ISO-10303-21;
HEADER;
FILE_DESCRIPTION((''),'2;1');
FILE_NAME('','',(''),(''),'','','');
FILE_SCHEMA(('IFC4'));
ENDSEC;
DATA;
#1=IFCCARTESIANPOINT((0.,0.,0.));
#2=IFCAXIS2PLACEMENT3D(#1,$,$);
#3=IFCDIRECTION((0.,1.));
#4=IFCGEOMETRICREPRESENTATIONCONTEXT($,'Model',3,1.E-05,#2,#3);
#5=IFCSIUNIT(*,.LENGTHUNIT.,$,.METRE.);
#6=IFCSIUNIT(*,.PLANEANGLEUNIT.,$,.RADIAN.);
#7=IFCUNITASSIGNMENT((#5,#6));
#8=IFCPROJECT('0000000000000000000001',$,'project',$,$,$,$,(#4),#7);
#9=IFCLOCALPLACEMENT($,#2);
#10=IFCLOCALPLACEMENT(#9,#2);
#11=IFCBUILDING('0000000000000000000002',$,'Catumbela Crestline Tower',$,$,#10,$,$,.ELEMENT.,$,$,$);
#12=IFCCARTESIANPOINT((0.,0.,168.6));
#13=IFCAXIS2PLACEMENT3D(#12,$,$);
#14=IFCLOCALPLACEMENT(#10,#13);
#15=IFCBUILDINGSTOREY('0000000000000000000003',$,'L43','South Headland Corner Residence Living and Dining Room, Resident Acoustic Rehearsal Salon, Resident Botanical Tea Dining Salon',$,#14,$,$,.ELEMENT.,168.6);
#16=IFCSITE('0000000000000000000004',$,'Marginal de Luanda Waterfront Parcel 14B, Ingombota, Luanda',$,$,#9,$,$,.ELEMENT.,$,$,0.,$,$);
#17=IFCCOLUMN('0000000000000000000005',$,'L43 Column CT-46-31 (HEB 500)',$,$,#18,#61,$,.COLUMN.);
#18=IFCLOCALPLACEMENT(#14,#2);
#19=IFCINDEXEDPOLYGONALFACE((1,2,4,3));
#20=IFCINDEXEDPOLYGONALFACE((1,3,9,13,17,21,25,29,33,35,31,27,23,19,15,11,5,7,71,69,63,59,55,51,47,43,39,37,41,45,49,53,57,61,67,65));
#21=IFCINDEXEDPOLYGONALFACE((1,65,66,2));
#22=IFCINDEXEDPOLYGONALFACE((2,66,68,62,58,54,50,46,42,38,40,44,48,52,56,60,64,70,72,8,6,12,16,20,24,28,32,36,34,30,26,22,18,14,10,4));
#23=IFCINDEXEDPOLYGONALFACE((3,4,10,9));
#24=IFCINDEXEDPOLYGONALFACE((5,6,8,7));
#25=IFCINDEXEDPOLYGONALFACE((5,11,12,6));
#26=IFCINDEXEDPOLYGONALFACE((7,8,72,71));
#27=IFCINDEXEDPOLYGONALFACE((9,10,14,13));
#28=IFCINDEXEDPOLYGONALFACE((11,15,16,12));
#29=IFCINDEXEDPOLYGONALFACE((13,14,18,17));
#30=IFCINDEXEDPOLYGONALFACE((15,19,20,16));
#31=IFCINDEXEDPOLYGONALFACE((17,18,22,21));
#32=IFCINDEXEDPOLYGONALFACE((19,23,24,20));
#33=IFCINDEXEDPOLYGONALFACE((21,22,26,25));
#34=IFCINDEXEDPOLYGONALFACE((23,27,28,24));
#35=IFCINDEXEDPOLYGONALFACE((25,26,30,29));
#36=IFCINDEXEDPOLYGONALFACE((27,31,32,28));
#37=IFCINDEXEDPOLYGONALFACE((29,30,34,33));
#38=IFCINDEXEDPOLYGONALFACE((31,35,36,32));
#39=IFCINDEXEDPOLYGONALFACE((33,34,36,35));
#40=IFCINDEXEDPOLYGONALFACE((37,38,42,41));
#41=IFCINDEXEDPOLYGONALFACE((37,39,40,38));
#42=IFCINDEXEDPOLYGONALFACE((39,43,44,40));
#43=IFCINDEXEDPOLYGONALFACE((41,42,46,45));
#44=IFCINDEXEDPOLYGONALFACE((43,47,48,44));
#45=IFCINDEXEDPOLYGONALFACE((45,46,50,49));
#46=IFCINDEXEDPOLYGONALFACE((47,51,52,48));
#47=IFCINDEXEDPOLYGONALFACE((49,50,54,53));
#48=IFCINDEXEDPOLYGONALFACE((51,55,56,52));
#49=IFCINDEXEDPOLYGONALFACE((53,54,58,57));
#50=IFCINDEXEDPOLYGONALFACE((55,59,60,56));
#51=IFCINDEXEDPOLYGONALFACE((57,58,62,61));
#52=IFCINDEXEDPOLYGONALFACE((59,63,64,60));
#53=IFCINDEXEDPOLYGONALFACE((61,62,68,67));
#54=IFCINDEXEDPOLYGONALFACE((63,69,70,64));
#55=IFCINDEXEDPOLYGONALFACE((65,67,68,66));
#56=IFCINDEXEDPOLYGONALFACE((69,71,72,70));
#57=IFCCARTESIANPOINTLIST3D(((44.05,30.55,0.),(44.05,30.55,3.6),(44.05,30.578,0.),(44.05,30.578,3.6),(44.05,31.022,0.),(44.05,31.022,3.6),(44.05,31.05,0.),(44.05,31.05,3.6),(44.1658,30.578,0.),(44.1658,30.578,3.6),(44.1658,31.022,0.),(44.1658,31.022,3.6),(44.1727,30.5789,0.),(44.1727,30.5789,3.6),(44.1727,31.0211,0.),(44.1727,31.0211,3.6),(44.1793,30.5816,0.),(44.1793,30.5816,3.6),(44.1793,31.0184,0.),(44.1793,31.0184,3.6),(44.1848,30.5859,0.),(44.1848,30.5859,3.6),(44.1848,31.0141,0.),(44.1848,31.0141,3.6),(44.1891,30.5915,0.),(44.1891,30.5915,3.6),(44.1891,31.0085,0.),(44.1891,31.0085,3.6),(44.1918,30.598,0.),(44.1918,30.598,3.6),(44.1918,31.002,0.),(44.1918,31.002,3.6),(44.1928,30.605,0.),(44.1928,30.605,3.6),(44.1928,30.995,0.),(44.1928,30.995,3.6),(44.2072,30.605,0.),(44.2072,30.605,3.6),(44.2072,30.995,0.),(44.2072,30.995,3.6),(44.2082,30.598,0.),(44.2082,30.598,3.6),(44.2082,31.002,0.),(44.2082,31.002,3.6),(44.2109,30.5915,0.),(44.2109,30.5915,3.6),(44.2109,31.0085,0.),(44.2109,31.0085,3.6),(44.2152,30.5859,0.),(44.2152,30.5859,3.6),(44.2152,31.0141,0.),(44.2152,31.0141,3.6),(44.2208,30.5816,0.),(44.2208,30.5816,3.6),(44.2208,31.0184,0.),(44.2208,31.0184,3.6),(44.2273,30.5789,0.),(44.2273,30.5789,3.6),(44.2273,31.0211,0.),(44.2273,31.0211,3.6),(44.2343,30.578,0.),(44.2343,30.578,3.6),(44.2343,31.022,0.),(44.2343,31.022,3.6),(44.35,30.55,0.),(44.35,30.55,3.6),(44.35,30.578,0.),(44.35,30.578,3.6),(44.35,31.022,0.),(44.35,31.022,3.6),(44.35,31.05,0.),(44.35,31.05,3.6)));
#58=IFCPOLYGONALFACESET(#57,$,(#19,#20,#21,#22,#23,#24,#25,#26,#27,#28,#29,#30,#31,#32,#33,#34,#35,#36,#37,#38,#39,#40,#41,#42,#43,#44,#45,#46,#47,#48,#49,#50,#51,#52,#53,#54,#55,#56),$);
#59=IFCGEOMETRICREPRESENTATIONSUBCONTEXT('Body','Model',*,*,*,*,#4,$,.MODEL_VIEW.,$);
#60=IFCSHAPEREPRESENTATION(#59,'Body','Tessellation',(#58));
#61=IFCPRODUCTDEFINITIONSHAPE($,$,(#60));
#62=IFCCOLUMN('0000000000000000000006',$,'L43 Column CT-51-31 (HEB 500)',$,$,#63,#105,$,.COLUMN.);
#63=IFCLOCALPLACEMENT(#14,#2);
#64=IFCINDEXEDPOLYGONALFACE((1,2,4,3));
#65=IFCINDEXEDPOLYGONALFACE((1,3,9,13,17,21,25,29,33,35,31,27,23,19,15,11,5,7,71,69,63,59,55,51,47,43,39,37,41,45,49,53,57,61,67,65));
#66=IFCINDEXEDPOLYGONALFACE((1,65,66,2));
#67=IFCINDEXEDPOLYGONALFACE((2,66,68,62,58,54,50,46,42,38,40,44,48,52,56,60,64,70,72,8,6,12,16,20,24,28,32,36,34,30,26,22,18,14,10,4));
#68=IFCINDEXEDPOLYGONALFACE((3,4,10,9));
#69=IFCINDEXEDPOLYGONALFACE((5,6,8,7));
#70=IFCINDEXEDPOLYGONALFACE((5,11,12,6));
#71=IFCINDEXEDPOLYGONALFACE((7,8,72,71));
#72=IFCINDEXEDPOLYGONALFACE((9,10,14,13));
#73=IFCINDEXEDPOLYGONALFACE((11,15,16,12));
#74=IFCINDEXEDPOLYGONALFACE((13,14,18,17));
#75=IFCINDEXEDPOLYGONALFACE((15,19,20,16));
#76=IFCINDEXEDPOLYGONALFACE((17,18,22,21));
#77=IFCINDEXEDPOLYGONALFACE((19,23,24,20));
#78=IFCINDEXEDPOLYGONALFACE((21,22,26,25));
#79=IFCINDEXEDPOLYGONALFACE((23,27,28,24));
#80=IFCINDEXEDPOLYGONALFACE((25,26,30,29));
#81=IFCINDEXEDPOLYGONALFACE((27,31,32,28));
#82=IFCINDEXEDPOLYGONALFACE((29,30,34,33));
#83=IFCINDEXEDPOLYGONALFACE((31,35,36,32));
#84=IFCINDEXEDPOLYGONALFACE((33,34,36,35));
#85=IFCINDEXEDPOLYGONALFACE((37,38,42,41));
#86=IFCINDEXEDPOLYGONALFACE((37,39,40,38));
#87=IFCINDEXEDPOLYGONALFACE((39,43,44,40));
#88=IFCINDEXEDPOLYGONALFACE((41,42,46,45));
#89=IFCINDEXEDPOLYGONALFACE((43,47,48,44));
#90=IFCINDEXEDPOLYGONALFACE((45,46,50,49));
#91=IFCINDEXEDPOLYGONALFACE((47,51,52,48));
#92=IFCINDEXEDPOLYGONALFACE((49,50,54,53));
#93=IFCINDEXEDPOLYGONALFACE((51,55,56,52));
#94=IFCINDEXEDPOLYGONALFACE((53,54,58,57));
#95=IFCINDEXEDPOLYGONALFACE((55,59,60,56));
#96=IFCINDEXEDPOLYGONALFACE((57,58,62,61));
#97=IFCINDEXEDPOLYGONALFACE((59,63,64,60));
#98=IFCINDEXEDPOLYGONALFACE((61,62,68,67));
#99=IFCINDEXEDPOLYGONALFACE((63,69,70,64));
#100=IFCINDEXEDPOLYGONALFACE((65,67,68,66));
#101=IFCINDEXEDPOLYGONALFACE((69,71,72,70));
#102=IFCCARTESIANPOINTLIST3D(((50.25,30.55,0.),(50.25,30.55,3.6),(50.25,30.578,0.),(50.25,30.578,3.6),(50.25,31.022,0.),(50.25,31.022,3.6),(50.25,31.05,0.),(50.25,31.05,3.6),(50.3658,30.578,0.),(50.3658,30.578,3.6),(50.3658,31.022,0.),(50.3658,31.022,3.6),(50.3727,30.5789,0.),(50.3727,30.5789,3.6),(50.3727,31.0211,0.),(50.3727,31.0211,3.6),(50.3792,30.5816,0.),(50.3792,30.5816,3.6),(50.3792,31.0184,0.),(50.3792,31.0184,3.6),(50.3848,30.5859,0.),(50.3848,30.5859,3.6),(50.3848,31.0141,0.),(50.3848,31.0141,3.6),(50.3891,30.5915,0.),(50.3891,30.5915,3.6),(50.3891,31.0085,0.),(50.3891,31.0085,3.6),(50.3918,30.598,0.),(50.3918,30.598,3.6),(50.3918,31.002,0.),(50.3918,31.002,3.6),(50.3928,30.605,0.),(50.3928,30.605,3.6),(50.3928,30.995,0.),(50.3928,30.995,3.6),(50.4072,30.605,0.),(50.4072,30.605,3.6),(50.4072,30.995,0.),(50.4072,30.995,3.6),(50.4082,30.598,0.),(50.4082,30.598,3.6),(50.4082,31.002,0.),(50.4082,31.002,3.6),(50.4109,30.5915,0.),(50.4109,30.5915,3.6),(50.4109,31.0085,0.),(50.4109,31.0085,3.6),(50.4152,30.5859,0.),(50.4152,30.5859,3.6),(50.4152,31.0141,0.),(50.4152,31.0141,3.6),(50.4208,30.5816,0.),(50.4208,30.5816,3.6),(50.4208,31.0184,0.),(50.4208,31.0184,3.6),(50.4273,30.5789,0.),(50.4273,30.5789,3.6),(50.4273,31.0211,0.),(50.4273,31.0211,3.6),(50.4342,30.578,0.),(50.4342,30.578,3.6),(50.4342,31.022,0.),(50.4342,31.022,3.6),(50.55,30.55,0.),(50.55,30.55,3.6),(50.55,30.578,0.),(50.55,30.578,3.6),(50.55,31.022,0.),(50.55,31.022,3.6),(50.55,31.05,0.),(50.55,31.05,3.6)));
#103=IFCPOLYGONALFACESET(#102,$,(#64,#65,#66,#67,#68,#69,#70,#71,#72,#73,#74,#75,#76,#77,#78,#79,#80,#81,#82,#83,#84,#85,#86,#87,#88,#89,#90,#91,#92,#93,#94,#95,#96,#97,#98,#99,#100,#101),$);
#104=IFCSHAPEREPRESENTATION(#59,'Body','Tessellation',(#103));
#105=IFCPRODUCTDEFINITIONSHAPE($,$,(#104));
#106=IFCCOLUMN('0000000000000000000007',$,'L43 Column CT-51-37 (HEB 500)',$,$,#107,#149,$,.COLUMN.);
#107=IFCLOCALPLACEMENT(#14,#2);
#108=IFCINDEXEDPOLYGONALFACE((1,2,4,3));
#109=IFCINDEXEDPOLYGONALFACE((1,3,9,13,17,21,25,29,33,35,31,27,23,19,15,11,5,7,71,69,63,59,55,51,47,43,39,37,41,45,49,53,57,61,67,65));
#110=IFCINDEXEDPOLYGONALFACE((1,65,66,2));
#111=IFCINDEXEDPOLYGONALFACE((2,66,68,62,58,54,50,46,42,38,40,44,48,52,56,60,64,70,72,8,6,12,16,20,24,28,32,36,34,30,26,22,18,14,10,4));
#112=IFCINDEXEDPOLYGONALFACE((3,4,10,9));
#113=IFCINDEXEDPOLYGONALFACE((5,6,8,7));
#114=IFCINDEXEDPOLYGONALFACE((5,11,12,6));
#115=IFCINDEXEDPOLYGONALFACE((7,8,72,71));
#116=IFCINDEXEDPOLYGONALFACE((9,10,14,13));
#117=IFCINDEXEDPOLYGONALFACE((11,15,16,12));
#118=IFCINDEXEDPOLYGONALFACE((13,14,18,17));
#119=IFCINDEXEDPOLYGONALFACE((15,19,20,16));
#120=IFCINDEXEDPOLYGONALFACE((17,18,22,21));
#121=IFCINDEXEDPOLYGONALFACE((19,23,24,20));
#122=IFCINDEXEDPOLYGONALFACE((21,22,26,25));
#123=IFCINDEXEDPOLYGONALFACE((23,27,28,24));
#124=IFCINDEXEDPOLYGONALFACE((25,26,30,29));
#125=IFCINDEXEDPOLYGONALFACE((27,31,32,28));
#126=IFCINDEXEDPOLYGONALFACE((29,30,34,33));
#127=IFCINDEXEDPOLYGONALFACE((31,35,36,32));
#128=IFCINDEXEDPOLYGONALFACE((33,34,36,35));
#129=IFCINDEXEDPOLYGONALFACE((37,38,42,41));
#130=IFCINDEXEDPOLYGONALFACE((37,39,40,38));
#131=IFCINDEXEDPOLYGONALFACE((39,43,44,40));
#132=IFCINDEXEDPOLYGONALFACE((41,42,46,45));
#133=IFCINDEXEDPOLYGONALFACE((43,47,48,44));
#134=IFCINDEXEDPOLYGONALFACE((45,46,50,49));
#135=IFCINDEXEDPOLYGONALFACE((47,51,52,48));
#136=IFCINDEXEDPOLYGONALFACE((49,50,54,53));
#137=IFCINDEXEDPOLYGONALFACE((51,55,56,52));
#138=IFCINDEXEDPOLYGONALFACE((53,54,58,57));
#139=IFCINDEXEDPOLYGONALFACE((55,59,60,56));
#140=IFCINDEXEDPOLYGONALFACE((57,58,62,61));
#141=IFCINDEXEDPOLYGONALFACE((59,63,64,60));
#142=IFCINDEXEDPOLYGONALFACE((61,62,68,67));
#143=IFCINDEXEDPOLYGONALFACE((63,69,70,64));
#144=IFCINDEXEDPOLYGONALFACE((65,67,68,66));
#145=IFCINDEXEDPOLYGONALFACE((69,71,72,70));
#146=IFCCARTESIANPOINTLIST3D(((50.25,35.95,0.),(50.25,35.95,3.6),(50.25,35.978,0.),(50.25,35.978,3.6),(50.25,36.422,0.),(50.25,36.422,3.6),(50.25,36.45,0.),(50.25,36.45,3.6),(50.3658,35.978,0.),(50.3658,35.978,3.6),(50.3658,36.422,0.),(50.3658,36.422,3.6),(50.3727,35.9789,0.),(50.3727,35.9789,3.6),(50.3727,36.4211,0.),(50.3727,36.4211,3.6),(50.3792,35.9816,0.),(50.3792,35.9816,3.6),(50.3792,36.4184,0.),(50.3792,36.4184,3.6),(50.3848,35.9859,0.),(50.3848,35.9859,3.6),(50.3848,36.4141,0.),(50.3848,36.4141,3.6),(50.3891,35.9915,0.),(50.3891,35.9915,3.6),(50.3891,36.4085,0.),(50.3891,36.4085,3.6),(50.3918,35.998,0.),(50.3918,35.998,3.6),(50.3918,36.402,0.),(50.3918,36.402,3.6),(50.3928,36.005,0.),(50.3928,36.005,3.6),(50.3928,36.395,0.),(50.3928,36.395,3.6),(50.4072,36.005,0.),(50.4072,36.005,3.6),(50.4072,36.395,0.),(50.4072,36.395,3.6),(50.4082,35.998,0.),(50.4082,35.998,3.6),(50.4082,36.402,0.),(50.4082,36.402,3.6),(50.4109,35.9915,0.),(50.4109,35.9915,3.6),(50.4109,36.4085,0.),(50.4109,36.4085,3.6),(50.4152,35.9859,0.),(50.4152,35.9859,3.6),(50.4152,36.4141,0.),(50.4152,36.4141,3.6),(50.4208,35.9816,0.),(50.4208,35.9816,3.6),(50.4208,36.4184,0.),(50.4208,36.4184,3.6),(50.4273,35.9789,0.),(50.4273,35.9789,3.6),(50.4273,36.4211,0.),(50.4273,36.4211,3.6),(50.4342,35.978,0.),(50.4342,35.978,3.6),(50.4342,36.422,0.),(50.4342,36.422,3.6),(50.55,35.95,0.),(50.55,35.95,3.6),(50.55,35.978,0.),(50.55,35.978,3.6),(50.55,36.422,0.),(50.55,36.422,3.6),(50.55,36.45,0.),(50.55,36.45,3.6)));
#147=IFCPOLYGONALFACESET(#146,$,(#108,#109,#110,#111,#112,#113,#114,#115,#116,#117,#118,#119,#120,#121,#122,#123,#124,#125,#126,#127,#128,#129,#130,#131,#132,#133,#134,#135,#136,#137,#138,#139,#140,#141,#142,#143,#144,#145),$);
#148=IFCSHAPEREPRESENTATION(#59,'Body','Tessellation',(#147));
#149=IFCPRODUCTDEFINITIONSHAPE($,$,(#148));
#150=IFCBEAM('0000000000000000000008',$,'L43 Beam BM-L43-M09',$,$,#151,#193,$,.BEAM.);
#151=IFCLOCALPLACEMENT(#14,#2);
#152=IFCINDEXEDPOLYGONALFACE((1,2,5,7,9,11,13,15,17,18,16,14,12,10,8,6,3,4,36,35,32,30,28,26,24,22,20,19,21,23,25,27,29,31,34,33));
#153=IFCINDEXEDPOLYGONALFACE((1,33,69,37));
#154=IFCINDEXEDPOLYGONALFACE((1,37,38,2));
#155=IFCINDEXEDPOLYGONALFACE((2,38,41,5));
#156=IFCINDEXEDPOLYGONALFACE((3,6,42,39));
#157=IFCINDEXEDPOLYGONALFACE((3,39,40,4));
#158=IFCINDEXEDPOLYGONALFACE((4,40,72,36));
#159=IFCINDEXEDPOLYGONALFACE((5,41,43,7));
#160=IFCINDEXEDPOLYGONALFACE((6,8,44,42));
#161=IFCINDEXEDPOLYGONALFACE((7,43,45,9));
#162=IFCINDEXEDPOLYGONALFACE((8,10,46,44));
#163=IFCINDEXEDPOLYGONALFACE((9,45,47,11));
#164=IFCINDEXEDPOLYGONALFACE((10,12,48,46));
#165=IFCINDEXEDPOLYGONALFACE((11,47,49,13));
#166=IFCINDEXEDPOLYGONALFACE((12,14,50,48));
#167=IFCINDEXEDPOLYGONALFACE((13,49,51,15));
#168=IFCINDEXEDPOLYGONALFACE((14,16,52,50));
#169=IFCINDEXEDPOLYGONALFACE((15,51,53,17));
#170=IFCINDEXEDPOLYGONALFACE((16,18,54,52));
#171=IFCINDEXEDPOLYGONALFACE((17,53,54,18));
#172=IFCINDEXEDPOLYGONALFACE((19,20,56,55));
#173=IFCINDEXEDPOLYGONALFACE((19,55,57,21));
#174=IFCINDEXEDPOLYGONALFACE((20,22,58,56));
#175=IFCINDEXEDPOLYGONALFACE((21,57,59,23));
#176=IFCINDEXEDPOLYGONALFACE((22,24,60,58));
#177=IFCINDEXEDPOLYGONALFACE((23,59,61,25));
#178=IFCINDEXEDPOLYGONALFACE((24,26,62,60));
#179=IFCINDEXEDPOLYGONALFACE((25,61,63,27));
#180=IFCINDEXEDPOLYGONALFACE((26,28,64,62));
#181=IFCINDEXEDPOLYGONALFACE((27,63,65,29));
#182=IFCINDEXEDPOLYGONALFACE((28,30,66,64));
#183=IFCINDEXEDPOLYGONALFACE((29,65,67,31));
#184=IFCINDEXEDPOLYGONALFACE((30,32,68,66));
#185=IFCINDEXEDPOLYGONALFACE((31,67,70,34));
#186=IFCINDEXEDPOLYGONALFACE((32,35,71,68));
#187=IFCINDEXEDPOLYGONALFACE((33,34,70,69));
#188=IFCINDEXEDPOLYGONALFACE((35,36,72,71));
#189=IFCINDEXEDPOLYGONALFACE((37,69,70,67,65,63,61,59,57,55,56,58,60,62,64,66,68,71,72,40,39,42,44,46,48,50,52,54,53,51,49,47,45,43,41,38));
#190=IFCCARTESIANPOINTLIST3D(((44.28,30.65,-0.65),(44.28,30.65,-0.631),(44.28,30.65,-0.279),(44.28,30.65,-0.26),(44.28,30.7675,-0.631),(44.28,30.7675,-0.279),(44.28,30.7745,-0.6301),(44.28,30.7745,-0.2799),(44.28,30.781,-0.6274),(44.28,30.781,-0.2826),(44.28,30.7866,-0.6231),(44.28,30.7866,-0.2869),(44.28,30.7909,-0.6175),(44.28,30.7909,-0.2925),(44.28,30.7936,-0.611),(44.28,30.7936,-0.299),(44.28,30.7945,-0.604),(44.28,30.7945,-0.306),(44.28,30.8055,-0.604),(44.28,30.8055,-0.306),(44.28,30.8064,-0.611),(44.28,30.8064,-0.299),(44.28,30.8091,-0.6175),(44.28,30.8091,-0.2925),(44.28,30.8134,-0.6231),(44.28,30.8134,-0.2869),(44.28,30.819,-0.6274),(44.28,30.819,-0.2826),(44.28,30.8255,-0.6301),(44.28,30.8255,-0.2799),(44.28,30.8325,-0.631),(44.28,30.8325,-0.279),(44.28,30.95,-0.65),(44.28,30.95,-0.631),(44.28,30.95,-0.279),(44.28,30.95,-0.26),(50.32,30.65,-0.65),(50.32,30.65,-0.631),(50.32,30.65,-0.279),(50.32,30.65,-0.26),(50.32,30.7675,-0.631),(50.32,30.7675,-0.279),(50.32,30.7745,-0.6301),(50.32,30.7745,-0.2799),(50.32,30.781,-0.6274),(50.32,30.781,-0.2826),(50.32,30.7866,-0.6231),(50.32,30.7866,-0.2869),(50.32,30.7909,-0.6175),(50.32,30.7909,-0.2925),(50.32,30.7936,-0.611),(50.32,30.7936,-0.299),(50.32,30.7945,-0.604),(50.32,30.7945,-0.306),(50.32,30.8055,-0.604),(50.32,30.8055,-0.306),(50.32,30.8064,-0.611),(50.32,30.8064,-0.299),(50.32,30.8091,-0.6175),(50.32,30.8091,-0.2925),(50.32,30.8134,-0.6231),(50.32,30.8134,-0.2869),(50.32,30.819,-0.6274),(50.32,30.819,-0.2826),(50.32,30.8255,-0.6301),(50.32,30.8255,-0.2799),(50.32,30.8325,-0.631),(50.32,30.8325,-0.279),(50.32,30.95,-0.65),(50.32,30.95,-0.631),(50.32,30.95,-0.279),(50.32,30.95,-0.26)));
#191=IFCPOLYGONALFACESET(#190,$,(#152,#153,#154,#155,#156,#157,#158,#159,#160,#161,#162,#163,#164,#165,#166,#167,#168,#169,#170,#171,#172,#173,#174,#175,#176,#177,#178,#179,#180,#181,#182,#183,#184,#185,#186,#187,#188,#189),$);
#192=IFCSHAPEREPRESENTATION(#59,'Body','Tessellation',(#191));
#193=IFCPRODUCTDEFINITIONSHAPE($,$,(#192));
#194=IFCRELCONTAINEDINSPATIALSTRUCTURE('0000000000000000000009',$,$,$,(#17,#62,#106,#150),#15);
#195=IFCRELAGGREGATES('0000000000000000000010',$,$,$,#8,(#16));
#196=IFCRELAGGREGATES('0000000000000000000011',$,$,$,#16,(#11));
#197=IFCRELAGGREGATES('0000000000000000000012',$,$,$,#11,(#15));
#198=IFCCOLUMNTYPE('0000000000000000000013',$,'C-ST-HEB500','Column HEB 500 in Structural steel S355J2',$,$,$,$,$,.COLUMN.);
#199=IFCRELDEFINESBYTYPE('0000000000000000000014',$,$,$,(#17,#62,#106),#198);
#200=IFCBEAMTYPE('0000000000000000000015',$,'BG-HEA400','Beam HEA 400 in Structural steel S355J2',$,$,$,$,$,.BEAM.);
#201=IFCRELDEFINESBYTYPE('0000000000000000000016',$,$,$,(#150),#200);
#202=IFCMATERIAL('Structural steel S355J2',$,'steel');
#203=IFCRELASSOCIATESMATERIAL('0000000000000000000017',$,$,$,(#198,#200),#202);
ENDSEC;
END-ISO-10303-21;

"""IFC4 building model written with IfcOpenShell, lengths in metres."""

from ifc_helpers import new_model, si_unit, direction, frame, origin, origin_2d, place, context, subcontext, project, spatial, i_section, extrude, material, material_profile, profile_set, type_object, element, save


model = new_model("IFC4")

# Units and contexts
model_context = context("Model", 3, precision=1e-05, world=origin(), true_north=direction((0.0, 1.0)))
body_context = subcontext(model_context, "Body", "Model", "MODEL_VIEW")
ifc_project = project(units=[si_unit("LENGTHUNIT", "METRE"), si_unit("PLANEANGLEUNIT", "RADIAN")], contexts=[model_context])

# Site, building, storey
site_placement = place(None, origin())
site = spatial("IfcSite", under=ifc_project, at=site_placement, Name="Marginal de Luanda Waterfront Parcel 14B, Ingombota, Luanda", CompositionType="ELEMENT", RefElevation=0.0)
building_placement = place(site_placement, origin())
building = spatial("IfcBuilding", under=site, at=building_placement, Name="Catumbela Crestline Tower", CompositionType="ELEMENT")
storey_placement = place(building_placement, frame((0.0, 0.0, 168.6)))
storey = spatial("IfcBuildingStorey", under=building, at=storey_placement, Name="L43", Description="South Headland Corner Residence Living and Dining Room, Resident Acoustic Rehearsal Salon, Resident Botanical Tea Dining Salon", CompositionType="ELEMENT", Elevation=168.6)

# Columns
ifc_material_1 = material(Name="Structural steel S355J2", Category="steel")
ifc_material_profile_1 = material_profile(ifc_material_1, i_section(OverallWidth=0.3, OverallDepth=0.5, WebThickness=0.0145, FlangeThickness=0.028, FilletRadius=0.027, at=origin_2d()), Name="HEB 500")
ifc_profile_set_1 = profile_set([ifc_material_profile_1], Name="Structural steel S355J2")
column_type = type_object("IfcColumnType", Name="C-ST-HEB500", Description="Column HEB 500 in Structural steel S355J2", PredefinedType="COLUMN", material=ifc_profile_set_1)
for number, where, z_axis, x_axis, name in (
    (1, (44.2, 30.8, 0.0), (0.0, 0.0, 1.0), (1.0, 0.0, 0.0), "L43 Column CT-46-31 (HEB 500)"),
    (2, (50.4, 30.8, 0.0), (0.0, 0.0, 1.0), (1.0, 0.0, 0.0), "L43 Column CT-51-31 (HEB 500)"),
    (3, (50.4, 36.2, 0.0), (0.0, 0.0, 1.0), (1.0, 0.0, 0.0), "L43 Column CT-51-37 (HEB 500)"),
):
    element("IfcColumn", number, at=place(storey_placement, frame(where, z_axis=z_axis, x_axis=x_axis)), inside=storey, type_object=column_type, Name=name, PredefinedType="COLUMN", context=body_context, shape_type="SweptSolid", body=[
        extrude(i_section(OverallWidth=0.3, OverallDepth=0.5, WebThickness=0.0145, FlangeThickness=0.028, FilletRadius=0.027, at=origin_2d()), origin(), (0.0, 0.0, 1.0), 3.6),
    ])

# Beam
ifc_material_profile_2 = material_profile(ifc_material_1, i_section(OverallWidth=0.3, OverallDepth=0.39, WebThickness=0.011, FlangeThickness=0.019, FilletRadius=0.027, at=origin_2d()), Name="HEA 400")
ifc_profile_set_2 = profile_set([ifc_material_profile_2], Name="Structural steel S355J2")
beam_type_1 = type_object("IfcBeamType", Name="BG-HEA400", Description="Beam HEA 400 in Structural steel S355J2", PredefinedType="BEAM", material=ifc_profile_set_2)
beam_1_placement = place(storey_placement, frame((44.28, 30.8, -0.455), z_axis=(1.0, 0.0, 0.0), x_axis=(0.0, 1.0, 0.0)))
element("IfcBeam", 4, at=beam_1_placement, inside=storey, type_object=beam_type_1, Name="L43 Beam BM-L43-M09", PredefinedType="BEAM", context=body_context, shape_type="SweptSolid", body=[
    extrude(i_section(OverallWidth=0.3, OverallDepth=0.39, WebThickness=0.011, FlangeThickness=0.019, FilletRadius=0.027, at=origin_2d()), origin(), (0.0, 0.0, 1.0), 6.04),
])

save(model, "model.ifc")
